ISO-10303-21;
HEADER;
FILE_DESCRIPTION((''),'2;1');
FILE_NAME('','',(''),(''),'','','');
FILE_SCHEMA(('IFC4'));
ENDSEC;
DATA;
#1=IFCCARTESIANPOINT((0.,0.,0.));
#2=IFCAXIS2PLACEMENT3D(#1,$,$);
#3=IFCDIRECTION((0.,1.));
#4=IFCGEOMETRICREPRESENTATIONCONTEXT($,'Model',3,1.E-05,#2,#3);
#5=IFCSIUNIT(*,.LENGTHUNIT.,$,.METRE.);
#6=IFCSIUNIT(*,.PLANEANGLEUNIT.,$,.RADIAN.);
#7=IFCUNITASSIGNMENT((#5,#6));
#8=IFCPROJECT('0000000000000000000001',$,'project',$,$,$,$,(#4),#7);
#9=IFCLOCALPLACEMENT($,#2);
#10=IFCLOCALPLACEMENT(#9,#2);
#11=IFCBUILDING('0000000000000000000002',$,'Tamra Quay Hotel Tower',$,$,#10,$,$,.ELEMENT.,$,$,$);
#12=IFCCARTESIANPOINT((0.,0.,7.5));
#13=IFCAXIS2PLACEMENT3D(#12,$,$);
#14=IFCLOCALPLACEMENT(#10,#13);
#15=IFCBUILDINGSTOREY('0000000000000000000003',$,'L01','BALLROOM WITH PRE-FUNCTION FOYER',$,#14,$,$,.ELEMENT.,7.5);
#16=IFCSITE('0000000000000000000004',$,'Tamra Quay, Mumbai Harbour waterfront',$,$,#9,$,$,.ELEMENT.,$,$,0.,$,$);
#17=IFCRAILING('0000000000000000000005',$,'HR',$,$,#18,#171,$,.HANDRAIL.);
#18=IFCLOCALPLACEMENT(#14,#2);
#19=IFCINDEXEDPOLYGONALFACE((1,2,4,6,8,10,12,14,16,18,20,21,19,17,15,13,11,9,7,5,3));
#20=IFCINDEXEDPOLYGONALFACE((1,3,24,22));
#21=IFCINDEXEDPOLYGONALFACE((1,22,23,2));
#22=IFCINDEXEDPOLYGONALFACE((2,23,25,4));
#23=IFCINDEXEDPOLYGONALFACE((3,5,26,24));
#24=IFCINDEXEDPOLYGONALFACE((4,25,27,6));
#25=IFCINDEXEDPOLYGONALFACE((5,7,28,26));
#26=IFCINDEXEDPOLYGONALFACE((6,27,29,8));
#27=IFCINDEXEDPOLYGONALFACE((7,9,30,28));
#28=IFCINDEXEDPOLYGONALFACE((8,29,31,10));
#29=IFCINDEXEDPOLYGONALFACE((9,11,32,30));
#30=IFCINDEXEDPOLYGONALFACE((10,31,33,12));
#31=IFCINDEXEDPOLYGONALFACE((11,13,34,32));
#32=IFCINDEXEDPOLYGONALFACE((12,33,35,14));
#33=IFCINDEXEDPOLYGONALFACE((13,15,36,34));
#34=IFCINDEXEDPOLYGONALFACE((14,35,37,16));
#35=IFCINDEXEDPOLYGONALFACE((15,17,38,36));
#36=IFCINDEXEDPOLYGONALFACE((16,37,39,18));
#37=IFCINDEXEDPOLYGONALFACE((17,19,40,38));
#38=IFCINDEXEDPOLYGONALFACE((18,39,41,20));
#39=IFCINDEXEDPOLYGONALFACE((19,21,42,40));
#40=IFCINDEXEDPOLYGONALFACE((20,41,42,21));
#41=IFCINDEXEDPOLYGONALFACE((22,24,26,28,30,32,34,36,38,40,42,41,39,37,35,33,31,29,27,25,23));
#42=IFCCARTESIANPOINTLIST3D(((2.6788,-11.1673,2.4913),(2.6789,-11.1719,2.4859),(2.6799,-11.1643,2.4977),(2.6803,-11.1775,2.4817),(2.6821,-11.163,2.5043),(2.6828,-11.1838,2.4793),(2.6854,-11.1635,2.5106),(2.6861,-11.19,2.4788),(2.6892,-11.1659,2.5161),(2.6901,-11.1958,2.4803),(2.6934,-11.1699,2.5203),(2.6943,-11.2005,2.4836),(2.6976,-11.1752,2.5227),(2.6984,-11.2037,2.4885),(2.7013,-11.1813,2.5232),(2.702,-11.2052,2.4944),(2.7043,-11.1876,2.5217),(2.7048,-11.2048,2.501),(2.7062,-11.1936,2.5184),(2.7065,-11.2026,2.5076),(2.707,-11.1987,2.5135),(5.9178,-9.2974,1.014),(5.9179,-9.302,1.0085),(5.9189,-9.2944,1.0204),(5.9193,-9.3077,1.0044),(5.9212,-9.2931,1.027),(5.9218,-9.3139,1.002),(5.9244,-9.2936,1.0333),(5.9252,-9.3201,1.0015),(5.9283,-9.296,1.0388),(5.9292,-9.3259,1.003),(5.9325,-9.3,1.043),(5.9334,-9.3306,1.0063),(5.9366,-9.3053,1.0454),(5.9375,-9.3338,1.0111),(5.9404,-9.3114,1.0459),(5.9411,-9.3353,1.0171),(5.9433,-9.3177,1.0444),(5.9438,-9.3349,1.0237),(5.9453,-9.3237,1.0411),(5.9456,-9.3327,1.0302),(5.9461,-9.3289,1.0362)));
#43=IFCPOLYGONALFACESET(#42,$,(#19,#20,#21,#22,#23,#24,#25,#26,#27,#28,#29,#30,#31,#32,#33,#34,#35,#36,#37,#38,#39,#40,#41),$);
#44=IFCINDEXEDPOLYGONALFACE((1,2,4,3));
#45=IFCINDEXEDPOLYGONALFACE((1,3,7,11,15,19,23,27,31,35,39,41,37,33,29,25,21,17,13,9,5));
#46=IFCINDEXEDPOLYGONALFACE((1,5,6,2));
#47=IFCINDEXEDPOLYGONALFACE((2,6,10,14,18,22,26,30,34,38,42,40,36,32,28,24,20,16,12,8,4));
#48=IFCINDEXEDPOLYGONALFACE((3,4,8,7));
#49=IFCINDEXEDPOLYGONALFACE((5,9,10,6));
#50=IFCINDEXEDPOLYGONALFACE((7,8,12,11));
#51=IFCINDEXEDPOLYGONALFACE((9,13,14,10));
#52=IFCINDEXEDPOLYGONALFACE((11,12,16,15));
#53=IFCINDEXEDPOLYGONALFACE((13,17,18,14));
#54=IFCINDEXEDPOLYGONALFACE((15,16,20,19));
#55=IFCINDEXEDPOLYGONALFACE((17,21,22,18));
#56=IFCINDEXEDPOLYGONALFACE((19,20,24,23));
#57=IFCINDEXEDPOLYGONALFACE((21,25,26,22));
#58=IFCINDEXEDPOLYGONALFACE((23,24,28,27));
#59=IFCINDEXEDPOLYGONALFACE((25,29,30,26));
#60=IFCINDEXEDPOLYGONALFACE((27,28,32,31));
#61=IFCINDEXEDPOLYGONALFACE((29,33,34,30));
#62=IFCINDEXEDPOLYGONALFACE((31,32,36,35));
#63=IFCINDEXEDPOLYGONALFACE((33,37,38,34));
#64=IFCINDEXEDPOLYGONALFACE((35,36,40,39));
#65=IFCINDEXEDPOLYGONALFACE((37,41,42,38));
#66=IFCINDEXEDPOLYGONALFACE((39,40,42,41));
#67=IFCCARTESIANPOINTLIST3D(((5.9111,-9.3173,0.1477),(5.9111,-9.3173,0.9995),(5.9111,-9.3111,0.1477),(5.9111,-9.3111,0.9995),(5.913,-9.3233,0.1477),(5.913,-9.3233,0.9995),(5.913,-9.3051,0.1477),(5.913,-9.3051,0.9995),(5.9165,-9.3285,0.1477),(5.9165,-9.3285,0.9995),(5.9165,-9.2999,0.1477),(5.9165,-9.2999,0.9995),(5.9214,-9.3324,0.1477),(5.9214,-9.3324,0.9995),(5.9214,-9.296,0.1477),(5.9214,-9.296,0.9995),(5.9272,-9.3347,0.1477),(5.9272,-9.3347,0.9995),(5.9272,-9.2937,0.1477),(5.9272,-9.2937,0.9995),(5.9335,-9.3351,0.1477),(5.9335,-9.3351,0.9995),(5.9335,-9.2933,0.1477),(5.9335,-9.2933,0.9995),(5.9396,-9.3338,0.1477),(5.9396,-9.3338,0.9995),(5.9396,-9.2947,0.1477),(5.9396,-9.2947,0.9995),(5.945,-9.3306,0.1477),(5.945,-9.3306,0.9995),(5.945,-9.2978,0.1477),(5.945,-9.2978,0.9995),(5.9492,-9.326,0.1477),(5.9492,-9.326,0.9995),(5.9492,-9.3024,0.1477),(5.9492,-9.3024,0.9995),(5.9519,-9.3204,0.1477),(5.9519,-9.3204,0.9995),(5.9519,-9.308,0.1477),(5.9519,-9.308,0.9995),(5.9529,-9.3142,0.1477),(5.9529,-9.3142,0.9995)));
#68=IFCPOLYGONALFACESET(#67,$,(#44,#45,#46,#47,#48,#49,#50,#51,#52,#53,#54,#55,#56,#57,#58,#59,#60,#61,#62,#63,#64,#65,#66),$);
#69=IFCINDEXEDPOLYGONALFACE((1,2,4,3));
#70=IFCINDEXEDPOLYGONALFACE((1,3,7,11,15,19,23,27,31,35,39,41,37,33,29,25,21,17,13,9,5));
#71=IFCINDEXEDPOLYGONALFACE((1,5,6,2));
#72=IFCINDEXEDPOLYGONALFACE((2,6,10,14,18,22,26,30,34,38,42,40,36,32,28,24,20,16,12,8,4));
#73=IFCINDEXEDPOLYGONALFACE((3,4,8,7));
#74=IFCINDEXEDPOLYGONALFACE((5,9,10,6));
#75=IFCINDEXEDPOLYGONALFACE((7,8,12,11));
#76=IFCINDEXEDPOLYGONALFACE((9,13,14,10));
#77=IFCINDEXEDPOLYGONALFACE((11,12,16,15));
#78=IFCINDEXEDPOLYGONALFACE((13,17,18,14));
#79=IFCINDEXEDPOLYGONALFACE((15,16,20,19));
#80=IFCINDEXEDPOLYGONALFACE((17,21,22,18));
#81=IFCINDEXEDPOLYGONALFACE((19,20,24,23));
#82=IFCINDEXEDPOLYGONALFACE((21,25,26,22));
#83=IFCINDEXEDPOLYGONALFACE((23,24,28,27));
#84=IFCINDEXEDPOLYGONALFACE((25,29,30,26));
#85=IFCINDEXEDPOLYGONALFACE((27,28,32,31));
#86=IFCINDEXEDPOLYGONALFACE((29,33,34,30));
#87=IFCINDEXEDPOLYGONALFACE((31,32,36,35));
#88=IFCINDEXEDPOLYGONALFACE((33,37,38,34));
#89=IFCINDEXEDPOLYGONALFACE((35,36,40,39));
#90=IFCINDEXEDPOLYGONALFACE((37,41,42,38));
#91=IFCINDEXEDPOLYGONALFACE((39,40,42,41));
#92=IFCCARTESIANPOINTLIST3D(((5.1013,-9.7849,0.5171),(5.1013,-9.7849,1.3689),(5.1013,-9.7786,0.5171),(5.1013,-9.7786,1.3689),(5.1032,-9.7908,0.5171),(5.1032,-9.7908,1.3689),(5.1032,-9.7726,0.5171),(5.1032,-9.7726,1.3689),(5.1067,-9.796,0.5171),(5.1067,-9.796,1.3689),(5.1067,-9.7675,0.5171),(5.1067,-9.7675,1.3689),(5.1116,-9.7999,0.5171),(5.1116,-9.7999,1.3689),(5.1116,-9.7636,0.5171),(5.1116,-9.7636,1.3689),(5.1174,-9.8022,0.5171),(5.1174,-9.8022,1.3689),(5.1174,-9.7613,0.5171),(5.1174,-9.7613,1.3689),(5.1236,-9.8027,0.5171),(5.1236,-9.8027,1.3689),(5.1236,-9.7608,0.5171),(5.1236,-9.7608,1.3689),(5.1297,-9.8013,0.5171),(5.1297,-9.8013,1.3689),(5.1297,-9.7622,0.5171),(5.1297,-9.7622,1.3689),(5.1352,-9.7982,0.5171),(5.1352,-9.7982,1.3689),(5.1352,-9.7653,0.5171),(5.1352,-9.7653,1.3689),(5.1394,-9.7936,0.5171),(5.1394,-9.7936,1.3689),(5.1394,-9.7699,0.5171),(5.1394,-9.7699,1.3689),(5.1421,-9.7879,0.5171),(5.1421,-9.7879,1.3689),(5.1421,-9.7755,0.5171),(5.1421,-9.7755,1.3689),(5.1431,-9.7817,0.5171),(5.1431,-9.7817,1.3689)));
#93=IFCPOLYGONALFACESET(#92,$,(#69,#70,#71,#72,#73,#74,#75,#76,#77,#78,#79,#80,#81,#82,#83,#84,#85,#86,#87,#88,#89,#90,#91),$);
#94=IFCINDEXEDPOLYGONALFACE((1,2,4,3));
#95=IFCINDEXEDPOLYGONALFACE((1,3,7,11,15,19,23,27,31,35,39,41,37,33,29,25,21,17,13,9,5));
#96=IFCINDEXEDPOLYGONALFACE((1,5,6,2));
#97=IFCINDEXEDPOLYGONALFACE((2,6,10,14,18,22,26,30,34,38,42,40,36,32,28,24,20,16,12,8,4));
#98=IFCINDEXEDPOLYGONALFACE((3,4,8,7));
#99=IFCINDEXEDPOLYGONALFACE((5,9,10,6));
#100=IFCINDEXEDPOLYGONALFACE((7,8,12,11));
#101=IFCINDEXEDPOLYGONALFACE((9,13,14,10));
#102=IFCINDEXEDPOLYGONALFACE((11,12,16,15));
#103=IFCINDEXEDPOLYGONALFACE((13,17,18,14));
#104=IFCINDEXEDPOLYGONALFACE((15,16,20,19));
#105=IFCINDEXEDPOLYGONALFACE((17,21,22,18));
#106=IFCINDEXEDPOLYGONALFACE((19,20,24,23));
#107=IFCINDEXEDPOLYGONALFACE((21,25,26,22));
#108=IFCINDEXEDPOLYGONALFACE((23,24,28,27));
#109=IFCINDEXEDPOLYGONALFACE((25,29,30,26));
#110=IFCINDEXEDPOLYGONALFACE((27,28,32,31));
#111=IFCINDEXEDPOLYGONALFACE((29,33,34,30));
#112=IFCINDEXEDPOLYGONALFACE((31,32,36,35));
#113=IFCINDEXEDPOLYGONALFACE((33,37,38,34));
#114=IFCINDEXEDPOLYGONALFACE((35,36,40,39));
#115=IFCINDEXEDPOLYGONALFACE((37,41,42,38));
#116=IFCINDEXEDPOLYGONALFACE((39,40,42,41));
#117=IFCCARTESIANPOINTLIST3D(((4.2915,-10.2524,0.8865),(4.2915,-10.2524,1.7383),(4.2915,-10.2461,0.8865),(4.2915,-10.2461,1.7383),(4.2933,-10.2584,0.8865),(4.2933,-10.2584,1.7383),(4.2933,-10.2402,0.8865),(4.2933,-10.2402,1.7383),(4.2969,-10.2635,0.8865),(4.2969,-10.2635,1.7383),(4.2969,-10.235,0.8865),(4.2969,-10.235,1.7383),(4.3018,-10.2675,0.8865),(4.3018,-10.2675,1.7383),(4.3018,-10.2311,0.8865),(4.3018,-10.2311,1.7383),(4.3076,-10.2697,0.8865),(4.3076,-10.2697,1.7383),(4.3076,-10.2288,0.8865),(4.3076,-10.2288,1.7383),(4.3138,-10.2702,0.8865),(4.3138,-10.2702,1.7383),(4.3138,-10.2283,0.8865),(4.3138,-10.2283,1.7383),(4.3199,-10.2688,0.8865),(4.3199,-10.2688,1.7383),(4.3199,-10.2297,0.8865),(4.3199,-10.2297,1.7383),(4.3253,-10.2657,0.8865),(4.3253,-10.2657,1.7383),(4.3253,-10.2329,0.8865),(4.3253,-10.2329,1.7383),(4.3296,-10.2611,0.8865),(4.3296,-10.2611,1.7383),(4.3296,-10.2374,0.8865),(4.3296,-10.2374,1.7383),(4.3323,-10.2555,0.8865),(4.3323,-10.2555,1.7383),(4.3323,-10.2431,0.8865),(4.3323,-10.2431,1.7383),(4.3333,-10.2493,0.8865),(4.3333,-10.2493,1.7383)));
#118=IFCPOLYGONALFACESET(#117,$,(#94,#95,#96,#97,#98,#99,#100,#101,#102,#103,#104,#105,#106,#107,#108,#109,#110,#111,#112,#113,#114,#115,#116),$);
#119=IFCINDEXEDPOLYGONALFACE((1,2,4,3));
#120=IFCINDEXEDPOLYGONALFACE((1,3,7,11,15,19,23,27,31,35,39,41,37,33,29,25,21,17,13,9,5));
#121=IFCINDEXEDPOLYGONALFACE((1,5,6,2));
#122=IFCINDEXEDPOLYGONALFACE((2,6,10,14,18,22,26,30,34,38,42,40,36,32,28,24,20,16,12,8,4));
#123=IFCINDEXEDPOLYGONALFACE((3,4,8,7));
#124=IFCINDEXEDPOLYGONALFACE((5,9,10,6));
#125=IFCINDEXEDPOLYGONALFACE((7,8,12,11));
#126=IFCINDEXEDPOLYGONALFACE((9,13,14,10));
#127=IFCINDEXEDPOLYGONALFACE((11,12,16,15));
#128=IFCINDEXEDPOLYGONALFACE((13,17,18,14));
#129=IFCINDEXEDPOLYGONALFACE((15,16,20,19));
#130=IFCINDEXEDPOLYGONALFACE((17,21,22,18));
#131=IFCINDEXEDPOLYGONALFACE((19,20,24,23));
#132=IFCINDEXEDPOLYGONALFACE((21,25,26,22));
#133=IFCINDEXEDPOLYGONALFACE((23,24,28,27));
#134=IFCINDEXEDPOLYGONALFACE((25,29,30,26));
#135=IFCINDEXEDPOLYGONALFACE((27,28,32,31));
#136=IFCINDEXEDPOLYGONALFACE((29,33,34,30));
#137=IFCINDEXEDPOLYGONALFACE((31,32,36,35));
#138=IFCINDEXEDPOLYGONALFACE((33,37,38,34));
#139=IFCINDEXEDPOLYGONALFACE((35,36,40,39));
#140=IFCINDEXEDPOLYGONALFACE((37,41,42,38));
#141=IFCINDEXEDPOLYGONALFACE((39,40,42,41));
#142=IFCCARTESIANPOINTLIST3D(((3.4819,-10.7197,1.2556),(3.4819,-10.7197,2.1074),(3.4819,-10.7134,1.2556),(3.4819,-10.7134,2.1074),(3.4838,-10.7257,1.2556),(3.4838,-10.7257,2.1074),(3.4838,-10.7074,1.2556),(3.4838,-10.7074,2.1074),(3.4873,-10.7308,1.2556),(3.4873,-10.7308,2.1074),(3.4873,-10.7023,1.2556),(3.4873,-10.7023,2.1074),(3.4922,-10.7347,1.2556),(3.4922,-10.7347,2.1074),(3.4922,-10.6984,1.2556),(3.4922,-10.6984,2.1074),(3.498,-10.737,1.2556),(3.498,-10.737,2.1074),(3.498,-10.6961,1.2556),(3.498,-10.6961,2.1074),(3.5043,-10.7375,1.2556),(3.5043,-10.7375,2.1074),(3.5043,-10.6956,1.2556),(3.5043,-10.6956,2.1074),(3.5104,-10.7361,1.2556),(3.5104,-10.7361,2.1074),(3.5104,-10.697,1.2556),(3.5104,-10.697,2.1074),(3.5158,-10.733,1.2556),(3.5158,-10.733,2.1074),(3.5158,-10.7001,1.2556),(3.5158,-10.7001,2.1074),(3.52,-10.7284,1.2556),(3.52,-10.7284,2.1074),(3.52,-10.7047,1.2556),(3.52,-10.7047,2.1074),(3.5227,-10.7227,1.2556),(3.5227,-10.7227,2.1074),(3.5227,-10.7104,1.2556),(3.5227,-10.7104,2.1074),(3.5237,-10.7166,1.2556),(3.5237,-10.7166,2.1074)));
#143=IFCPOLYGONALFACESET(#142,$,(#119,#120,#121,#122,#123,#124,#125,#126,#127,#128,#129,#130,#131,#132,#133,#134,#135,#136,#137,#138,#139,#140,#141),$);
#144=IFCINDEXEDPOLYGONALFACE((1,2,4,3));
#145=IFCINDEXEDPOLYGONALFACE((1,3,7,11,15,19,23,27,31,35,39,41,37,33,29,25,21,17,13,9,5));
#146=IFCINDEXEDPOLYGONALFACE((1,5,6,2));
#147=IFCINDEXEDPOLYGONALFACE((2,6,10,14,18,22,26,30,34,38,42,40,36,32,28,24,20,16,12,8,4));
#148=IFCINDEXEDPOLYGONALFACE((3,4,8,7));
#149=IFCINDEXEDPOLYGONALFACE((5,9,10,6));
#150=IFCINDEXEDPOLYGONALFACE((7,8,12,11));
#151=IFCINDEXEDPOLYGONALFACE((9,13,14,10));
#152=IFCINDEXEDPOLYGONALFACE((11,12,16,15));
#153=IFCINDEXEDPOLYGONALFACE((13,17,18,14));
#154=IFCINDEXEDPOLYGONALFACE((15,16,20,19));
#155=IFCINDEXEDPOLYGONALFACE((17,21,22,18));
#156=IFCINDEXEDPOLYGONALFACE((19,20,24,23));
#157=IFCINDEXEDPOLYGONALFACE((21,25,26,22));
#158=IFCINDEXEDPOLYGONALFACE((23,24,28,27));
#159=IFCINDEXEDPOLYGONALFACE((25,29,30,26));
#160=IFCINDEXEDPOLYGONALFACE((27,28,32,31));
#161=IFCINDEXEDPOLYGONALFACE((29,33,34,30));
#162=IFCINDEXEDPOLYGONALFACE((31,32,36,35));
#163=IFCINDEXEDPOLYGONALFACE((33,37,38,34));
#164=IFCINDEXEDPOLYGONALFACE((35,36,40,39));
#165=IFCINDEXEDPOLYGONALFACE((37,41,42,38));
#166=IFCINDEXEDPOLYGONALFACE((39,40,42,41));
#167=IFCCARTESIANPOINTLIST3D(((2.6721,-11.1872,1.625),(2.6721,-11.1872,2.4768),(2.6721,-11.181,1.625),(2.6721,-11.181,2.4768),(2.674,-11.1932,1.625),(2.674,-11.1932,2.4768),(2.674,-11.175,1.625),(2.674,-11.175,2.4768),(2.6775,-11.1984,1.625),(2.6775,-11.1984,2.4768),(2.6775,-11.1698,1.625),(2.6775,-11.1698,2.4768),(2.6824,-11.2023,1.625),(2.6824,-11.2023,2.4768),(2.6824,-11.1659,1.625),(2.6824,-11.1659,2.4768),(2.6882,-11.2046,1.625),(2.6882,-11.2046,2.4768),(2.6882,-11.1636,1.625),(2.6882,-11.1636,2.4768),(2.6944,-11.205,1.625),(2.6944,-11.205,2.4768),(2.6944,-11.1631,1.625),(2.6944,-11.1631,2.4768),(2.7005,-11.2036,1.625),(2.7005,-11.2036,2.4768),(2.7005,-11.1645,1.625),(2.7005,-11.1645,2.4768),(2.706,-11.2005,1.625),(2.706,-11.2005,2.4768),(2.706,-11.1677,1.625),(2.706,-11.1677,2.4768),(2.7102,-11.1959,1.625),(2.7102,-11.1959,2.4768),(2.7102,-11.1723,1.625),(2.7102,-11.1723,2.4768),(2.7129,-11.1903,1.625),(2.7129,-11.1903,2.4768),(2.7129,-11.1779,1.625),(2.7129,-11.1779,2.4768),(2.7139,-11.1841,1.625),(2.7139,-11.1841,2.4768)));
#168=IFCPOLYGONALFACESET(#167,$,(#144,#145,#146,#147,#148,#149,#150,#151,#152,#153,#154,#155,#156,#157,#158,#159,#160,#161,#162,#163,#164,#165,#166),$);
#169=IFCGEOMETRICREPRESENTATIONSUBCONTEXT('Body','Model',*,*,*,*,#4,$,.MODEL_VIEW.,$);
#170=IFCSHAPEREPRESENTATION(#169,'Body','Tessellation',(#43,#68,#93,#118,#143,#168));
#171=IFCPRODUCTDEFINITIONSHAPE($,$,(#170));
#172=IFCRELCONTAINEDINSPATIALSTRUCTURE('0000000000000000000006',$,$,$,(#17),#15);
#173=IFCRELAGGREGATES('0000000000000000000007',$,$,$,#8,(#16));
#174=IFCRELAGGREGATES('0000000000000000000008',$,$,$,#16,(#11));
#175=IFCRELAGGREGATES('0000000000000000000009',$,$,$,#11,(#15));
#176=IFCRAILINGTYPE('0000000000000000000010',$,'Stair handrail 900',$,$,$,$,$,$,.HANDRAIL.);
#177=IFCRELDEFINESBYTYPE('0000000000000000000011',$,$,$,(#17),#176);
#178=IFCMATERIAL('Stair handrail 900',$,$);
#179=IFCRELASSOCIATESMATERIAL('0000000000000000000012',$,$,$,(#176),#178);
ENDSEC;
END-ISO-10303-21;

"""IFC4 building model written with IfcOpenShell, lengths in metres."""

from ifc_helpers import new_model, si_unit, direction, frame, origin, origin_2d, place, context, subcontext, project, spatial, circle, extrude, material, type_object, element, save


model = new_model("IFC4")

# Units and contexts
model_context = context("Model", 3, precision=1e-05, world=origin(), true_north=direction((0.0, 1.0)))
body_context = subcontext(model_context, "Body", "Model", "MODEL_VIEW")
ifc_project = project(units=[si_unit("LENGTHUNIT", "METRE"), si_unit("PLANEANGLEUNIT", "RADIAN")], contexts=[model_context])

# Site, building, storey
site_placement = place(None, origin())
site = spatial("IfcSite", under=ifc_project, at=site_placement, Name="Tamra Quay, Mumbai Harbour waterfront", CompositionType="ELEMENT", RefElevation=0.0)
building_placement = place(site_placement, origin())
building = spatial("IfcBuilding", under=site, at=building_placement, Name="Tamra Quay Hotel Tower", CompositionType="ELEMENT")
storey_placement = place(building_placement, frame((0.0, 0.0, 7.5)))
storey = spatial("IfcBuildingStorey", under=building, at=storey_placement, Name="L01", Description="BALLROOM WITH PRE-FUNCTION FOYER", CompositionType="ELEMENT", Elevation=7.5)

# Railing
ifc_material_1 = material(Name="Stair handrail 900")
railing_type_1 = type_object("IfcRailingType", Name="Stair handrail 900", PredefinedType="HANDRAIL", material=ifc_material_1)
for number, where, name in (
    (1, (5.9319, -9.3142, 0.1477), "HR"),
):
    element("IfcRailing", number, at=place(storey_placement, frame(where)), inside=storey, type_object=railing_type_1, Name=name, PredefinedType="HANDRAIL", context=body_context, shape_type="SweptSolid", body=[
        extrude(circle(Radius=0.0239, at=origin_2d()), frame((0.0, 0.0, 0.876), z_axis=(-0.805485, -0.465004, 0.367377), x_axis=(0.499965, -0.866045, 0.0)), (0.0, 0.0, 1.0), 4.0212),
        extrude(circle(Radius=0.021, at=origin_2d()), origin(), (0.0, 0.0, 1.0), 0.8518),
        extrude(circle(Radius=0.021, at=origin_2d()), frame((-0.8098, -0.4675, 0.3694)), (0.0, 0.0, 1.0), 0.8518),
        extrude(circle(Radius=0.021, at=origin_2d()), frame((-1.6196, -0.9351, 0.7388)), (0.0, 0.0, 1.0), 0.8518),
        extrude(circle(Radius=0.021, at=origin_2d()), frame((-2.4292, -1.4023, 1.1079)), (0.0, 0.0, 1.0), 0.8518),
        extrude(circle(Radius=0.021, at=origin_2d()), frame((-3.239, -1.8699, 1.4773)), (0.0, 0.0, 1.0), 0.8518),
    ])

save(model, "model.ifc")
